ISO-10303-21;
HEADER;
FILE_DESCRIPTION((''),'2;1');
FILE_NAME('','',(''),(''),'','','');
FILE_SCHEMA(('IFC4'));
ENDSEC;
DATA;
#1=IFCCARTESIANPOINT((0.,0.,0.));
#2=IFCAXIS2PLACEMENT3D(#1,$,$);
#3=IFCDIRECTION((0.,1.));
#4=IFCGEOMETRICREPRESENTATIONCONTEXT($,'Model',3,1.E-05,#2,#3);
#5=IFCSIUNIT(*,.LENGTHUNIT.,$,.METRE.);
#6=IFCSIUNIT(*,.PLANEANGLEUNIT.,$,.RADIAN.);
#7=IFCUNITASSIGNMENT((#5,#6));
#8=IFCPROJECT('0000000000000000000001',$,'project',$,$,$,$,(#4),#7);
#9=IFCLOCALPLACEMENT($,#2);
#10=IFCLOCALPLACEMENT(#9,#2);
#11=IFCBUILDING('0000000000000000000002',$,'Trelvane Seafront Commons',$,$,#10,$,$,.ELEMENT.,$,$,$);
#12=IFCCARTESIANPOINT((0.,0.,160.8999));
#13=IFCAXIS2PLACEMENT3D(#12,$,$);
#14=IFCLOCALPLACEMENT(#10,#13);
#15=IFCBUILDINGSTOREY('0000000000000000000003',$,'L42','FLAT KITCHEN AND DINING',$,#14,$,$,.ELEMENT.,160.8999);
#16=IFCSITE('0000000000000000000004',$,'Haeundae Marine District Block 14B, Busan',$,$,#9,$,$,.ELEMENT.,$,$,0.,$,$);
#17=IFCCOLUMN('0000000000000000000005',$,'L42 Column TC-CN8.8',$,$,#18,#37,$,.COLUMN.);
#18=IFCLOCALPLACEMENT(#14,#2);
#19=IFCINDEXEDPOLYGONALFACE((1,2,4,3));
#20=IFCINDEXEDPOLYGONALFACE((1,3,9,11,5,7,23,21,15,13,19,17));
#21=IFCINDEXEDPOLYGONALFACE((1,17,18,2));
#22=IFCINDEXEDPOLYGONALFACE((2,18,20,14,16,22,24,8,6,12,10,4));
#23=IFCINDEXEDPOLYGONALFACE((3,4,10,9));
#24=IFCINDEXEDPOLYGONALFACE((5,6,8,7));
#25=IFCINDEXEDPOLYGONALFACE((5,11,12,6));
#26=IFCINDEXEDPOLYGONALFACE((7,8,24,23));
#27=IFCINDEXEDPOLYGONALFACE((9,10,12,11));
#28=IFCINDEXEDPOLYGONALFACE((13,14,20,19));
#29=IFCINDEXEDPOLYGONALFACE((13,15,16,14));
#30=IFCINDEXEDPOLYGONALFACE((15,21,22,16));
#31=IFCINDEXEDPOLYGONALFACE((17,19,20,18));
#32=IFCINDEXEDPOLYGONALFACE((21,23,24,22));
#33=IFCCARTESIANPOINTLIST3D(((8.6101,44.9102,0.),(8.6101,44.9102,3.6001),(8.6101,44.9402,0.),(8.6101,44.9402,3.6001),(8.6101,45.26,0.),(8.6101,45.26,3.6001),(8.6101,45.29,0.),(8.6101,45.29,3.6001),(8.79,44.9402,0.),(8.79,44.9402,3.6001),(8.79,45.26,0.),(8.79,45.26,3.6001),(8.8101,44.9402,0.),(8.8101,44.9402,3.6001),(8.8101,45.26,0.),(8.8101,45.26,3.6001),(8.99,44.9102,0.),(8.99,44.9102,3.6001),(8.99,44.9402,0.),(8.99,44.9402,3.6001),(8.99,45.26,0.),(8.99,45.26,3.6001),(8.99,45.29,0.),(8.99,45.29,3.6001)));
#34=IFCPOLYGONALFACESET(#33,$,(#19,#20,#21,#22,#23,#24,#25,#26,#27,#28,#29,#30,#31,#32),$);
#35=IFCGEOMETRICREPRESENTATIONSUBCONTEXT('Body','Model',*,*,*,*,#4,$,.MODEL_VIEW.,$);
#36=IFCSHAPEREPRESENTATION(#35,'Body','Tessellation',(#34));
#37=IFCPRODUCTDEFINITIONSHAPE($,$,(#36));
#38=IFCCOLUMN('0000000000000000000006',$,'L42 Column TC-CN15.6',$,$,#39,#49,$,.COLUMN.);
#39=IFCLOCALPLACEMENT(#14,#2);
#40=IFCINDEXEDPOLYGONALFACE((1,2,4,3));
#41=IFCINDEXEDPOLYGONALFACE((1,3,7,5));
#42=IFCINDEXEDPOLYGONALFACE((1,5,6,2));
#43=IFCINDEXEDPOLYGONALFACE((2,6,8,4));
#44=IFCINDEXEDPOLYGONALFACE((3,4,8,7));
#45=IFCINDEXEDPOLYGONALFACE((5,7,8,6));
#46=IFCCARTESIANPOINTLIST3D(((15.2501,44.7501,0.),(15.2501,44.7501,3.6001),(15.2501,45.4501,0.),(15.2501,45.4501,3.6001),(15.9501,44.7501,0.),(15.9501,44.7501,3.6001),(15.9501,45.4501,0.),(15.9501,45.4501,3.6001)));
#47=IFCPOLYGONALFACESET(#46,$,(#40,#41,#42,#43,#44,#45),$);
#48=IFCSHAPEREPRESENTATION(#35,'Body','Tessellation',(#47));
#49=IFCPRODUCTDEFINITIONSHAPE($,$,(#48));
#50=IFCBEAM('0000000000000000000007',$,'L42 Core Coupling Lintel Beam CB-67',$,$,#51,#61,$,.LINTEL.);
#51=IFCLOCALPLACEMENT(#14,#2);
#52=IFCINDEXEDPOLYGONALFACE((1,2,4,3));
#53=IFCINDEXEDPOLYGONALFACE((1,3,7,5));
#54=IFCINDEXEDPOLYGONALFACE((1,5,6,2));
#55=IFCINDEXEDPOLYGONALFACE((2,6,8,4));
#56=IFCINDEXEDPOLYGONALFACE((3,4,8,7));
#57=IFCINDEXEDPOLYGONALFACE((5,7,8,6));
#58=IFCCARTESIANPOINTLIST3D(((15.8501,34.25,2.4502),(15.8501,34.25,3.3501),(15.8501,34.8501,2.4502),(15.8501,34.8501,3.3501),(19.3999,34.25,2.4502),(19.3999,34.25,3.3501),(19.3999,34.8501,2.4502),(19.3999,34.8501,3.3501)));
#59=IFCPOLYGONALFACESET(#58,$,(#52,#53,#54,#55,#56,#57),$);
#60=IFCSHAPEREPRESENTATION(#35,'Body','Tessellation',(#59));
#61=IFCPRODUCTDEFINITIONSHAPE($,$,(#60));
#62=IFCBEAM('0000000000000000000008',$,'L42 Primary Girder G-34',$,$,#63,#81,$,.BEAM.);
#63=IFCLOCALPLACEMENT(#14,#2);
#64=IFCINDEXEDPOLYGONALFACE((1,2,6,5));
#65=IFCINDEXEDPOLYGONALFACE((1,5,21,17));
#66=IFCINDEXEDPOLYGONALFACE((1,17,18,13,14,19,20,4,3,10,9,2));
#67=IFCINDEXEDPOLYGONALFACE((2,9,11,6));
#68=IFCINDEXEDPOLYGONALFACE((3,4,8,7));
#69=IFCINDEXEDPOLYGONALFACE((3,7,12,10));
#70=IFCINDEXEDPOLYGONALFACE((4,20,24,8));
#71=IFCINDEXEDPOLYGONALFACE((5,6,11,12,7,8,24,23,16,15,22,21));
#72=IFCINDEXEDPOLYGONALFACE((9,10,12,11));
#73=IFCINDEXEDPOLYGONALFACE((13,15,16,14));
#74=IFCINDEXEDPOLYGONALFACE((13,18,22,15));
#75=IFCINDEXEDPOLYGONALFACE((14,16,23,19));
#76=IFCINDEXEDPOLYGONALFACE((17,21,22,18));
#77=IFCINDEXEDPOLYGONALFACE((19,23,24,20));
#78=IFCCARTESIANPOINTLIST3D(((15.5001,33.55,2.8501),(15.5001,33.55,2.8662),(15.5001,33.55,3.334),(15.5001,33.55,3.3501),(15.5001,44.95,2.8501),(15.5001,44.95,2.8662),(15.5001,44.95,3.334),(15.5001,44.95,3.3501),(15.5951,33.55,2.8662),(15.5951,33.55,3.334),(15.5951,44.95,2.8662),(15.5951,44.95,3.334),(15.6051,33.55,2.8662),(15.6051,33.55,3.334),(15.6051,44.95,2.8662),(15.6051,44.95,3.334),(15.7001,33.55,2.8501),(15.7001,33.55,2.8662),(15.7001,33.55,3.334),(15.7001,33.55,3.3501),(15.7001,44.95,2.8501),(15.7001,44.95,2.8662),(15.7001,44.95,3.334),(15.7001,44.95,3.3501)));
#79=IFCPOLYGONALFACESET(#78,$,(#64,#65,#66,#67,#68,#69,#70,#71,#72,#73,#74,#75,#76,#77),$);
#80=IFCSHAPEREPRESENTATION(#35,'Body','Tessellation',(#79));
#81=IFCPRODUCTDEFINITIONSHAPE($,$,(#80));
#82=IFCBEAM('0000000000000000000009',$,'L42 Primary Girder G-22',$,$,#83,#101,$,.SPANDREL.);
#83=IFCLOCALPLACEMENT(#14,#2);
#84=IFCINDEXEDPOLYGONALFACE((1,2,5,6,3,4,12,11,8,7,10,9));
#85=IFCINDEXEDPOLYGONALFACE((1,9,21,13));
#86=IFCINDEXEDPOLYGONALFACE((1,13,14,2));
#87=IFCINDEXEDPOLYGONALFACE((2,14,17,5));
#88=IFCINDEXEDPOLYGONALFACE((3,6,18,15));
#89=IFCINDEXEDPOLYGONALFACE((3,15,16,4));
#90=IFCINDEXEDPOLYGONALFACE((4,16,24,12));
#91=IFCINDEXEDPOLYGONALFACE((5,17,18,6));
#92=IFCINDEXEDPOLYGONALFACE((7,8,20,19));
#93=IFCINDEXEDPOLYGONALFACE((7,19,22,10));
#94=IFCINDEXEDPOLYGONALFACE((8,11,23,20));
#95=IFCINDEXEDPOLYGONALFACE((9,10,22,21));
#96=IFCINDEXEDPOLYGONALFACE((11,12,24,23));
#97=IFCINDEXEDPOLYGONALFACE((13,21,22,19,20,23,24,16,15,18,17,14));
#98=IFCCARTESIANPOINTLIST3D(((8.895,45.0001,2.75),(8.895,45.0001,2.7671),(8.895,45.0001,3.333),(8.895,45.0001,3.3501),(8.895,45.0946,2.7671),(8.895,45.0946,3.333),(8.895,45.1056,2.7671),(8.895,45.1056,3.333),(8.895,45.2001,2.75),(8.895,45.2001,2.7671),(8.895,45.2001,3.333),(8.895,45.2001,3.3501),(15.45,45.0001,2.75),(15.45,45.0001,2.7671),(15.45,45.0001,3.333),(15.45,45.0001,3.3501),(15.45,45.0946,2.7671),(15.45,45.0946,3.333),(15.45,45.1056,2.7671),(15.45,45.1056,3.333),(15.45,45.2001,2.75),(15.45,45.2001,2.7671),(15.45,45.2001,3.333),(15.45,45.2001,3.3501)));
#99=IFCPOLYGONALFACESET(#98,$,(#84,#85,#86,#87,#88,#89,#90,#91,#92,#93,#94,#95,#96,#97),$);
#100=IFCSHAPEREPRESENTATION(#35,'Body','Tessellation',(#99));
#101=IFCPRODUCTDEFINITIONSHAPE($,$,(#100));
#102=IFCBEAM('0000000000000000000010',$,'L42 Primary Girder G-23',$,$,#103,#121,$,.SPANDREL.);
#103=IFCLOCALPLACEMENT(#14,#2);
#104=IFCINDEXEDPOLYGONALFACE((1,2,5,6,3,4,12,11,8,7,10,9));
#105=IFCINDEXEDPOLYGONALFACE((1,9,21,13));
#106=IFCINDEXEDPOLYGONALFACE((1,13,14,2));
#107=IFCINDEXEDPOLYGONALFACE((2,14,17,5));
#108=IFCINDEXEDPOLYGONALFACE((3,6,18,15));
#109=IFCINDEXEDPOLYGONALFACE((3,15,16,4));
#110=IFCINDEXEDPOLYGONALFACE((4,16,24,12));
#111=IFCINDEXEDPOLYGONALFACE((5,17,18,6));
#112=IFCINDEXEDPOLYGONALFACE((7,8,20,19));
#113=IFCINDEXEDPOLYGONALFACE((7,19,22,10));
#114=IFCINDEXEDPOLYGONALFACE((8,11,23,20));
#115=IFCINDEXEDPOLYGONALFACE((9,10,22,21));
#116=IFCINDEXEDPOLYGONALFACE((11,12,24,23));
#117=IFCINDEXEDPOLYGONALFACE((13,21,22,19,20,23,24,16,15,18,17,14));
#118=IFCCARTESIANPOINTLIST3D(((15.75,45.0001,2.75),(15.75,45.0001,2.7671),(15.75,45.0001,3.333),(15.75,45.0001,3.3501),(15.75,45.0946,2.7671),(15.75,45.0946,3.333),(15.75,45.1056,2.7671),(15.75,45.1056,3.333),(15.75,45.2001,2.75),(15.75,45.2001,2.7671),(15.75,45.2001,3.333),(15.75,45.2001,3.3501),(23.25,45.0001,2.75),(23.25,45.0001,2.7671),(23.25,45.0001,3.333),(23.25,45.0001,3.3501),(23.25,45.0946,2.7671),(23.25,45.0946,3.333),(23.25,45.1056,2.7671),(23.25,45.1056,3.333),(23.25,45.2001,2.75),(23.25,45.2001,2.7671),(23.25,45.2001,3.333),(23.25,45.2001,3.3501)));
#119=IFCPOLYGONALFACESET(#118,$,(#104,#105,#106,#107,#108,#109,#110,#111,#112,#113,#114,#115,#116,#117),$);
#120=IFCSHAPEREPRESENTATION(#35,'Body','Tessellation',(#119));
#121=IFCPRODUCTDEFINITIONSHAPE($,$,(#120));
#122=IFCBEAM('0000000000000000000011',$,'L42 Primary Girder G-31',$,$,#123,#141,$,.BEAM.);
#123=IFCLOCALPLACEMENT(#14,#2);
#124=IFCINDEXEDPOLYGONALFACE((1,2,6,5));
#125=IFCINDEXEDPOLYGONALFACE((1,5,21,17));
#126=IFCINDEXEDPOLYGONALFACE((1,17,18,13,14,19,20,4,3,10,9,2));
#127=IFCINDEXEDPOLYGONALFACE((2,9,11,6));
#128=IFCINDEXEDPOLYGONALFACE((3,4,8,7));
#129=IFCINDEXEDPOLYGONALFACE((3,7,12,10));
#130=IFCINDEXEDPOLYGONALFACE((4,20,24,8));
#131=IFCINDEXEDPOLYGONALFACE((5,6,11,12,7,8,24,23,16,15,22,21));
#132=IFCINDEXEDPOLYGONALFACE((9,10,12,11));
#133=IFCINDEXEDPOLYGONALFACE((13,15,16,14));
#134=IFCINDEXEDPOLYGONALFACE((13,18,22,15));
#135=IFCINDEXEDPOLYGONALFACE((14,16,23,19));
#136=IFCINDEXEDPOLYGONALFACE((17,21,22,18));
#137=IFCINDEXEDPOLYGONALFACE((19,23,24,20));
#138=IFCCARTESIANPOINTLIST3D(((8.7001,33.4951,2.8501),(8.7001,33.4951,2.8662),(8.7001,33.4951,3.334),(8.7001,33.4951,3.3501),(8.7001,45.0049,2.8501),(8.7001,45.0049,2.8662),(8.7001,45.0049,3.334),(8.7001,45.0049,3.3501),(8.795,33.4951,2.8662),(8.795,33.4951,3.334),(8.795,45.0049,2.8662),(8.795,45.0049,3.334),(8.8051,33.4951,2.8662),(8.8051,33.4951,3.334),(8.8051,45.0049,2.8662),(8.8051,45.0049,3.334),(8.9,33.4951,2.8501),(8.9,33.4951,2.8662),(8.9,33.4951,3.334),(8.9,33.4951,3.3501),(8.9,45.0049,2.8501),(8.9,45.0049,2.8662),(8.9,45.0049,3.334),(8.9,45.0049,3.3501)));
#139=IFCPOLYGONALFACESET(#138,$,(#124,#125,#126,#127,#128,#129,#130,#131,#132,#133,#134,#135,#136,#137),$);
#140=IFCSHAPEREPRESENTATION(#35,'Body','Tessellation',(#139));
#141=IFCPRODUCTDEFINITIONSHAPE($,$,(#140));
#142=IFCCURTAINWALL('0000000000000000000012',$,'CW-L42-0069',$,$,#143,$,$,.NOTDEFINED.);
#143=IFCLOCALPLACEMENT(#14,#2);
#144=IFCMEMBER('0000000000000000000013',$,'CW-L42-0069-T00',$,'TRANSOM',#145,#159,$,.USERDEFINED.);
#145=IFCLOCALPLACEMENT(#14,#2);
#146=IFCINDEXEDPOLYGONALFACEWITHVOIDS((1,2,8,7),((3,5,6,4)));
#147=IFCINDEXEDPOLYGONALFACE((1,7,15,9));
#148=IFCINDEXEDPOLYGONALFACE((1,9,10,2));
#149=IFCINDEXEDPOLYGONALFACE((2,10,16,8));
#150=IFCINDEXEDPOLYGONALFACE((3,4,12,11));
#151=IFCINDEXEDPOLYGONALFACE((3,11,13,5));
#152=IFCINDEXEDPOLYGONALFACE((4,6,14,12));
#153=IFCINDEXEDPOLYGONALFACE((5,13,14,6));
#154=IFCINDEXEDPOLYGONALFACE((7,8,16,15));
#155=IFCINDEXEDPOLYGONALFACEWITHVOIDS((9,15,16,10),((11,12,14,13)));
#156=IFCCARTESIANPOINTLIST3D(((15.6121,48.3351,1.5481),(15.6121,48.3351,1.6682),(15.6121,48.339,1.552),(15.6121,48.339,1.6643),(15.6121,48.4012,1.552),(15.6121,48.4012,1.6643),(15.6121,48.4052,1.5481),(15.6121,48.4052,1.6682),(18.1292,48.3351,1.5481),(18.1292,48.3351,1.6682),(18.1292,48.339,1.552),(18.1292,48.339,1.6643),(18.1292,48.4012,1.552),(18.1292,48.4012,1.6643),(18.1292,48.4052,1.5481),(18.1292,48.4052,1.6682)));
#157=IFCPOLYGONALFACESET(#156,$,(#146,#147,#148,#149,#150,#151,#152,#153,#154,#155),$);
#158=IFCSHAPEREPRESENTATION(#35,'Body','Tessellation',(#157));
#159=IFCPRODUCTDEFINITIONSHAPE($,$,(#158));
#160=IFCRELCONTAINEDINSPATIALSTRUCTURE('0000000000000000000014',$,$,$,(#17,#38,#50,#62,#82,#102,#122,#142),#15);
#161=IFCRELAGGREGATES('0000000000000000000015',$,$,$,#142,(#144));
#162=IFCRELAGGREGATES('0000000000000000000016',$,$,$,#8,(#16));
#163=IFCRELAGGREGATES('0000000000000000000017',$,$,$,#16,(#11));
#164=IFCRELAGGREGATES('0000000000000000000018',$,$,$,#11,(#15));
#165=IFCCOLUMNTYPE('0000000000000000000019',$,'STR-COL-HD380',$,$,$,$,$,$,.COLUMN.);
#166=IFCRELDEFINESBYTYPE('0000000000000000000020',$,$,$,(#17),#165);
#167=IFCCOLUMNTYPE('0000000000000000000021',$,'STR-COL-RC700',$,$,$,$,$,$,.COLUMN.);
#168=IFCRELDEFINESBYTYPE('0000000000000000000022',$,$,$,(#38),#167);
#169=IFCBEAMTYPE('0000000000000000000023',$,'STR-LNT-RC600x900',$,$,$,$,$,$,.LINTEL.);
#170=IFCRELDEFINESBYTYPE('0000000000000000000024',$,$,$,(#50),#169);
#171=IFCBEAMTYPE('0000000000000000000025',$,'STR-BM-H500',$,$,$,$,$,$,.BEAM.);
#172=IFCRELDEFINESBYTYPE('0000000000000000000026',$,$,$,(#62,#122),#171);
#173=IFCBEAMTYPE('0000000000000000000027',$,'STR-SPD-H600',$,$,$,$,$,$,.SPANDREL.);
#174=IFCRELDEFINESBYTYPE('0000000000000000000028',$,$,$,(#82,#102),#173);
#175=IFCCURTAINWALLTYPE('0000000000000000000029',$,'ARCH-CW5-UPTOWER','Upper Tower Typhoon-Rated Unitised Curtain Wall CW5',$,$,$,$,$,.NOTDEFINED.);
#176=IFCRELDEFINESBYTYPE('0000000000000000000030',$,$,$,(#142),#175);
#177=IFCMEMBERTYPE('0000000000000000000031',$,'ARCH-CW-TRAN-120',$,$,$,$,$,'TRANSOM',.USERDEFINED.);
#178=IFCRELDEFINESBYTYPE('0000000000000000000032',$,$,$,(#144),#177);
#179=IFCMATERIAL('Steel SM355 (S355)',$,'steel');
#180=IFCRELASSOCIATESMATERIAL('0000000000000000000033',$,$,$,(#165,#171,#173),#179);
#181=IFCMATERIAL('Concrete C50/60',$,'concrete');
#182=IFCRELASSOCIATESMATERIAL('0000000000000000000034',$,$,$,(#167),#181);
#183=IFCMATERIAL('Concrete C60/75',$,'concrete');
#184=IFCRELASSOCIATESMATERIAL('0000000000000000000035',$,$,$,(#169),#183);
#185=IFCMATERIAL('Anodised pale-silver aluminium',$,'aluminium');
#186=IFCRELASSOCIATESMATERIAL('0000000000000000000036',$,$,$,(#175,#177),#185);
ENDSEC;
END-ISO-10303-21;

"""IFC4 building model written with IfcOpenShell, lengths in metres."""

from ifc_helpers import new_model, si_unit, direction, frame, origin, origin_2d, place, context, subcontext, project, spatial, rectangle, hollow_rectangle, i_section, extrude, source, transform, mapped, material, material_profile, profile_set, type_object, element, aggregate, save


model = new_model("IFC4")

# Units and contexts
model_context = context("Model", 3, precision=1e-05, world=origin(), true_north=direction((0.0, 1.0)))
body_context = subcontext(model_context, "Body", "Model", "MODEL_VIEW")
ifc_project = project(units=[si_unit("LENGTHUNIT", "METRE"), si_unit("PLANEANGLEUNIT", "RADIAN")], contexts=[model_context])

# Site, building, storey
site_placement = place(None, origin())
site = spatial("IfcSite", under=ifc_project, at=site_placement, Name="Haeundae Marine District Block 14B, Busan", CompositionType="ELEMENT", RefElevation=0.0)
building_placement = place(site_placement, origin())
building = spatial("IfcBuilding", under=site, at=building_placement, Name="Trelvane Seafront Commons", CompositionType="ELEMENT")
storey_placement = place(building_placement, frame((0.0, 0.0, 160.8999)))
storey = spatial("IfcBuildingStorey", under=building, at=storey_placement, Name="L42", Description="FLAT KITCHEN AND DINING", CompositionType="ELEMENT", Elevation=160.8999)

# Columns
ifc_material_1 = material(Name="Steel SM355 (S355)", Category="steel")
ifc_material_profile_1 = material_profile(ifc_material_1, i_section(OverallWidth=0.3799, OverallDepth=0.3799, WebThickness=0.02, FlangeThickness=0.03, at=origin_2d()), Name="HD-380x380x20x30")
ifc_profile_set_1 = profile_set([ifc_material_profile_1], Name="Steel SM355 (S355)")
column_type_1 = type_object("IfcColumnType", Name="STR-COL-HD380", PredefinedType="COLUMN", material=ifc_profile_set_1)
shared_shape_1 = source(origin(), body_context, "Body", "SweptSolid", [
    extrude(i_section(OverallWidth=0.3799, OverallDepth=0.3799, WebThickness=0.02, FlangeThickness=0.03, at=origin_2d()), origin(), (0.0, 0.0, 1.0), 3.6001),
])
column_1_placement = place(storey_placement, frame((8.8, 45.1001, 0.0), z_axis=(0.0, 0.0, 1.0), x_axis=(1.0, 0.0, 0.0)))
element("IfcColumn", 1, at=column_1_placement, inside=storey, type_object=column_type_1, Name="L42 Column TC-CN8.8", PredefinedType="COLUMN", context=body_context, shape_type="MappedRepresentation", body=[
    mapped(shared_shape_1, transform((0.0, 0.0, 0.0), x_axis=(1.0, 0.0, 0.0), y_axis=(0.0, 1.0, 0.0), z_axis=(0.0, 0.0, 1.0), scale=1.0)),
])
ifc_material_2 = material(Name="Concrete C50/60", Category="concrete")
ifc_material_profile_2 = material_profile(ifc_material_2, rectangle(XDim=0.7, YDim=0.7, at=origin_2d()), Name="RC-700x700")
ifc_profile_set_2 = profile_set([ifc_material_profile_2], Name="Concrete C50/60")
column_type_2 = type_object("IfcColumnType", Name="STR-COL-RC700", PredefinedType="COLUMN", material=ifc_profile_set_2)
shared_shape_2 = source(origin(), body_context, "Body", "SweptSolid", [
    extrude(rectangle(XDim=0.7, YDim=0.7, at=origin_2d()), origin(), (0.0, 0.0, 1.0), 3.6001),
])
column_2_placement = place(storey_placement, frame((15.6001, 45.1001, 0.0), z_axis=(0.0, 0.0, 1.0), x_axis=(1.0, 0.0, 0.0)))
element("IfcColumn", 2, at=column_2_placement, inside=storey, type_object=column_type_2, Name="L42 Column TC-CN15.6", PredefinedType="COLUMN", context=body_context, shape_type="MappedRepresentation", body=[
    mapped(shared_shape_2, transform((0.0, 0.0, 0.0), x_axis=(1.0, 0.0, 0.0), y_axis=(0.0, 1.0, 0.0), z_axis=(0.0, 0.0, 1.0), scale=1.0)),
])

# Beams
ifc_material_3 = material(Name="Concrete C60/75", Category="concrete")
ifc_material_profile_3 = material_profile(ifc_material_3, rectangle(XDim=0.6001, YDim=0.8999, at=origin_2d()), Name="RC-600x900")
ifc_profile_set_3 = profile_set([ifc_material_profile_3], Name="Concrete C60/75")
beam_type_1 = type_object("IfcBeamType", Name="STR-LNT-RC600x900", PredefinedType="LINTEL", material=ifc_profile_set_3)
shared_shape_3 = source(origin(), body_context, "Body", "SweptSolid", [
    extrude(rectangle(XDim=0.6001, YDim=0.8999, at=origin_2d()), origin(), (0.0, 0.0, 1.0), 3.5498),
])
beam_1_placement = place(storey_placement, frame((15.8501, 34.55, 2.9001), z_axis=(1.0, 0.0, 0.0), x_axis=(0.0, 1.0, 0.0)))
element("IfcBeam", 3, at=beam_1_placement, inside=storey, type_object=beam_type_1, Name="L42 Core Coupling Lintel Beam CB-67", PredefinedType="LINTEL", context=body_context, shape_type="MappedRepresentation", body=[
    mapped(shared_shape_3, transform((0.0, 0.0, 0.0), x_axis=(1.0, 0.0, 0.0), y_axis=(0.0, 1.0, 0.0), z_axis=(0.0, 0.0, 1.0), scale=1.0)),
])
ifc_material_profile_4 = material_profile(ifc_material_1, i_section(OverallWidth=0.2, OverallDepth=0.5, WebThickness=0.01, FlangeThickness=0.0161, at=origin_2d()), Name="H-500x200x10x16")
ifc_profile_set_4 = profile_set([ifc_material_profile_4], Name="Steel SM355 (S355)")
beam_type_2 = type_object("IfcBeamType", Name="STR-BM-H500", PredefinedType="BEAM", material=ifc_profile_set_4)
shared_shape_4 = source(origin(), body_context, "Body", "SweptSolid", [
    extrude(i_section(OverallWidth=0.2, OverallDepth=0.5, WebThickness=0.01, FlangeThickness=0.0161, at=origin_2d()), origin(), (0.0, 0.0, 1.0), 11.3999),
])
beam_2_placement = place(storey_placement, frame((15.6001, 33.55, 3.1001), z_axis=(0.0, 1.0, 0.0), x_axis=(-1.0, 0.0, 0.0)))
element("IfcBeam", 4, at=beam_2_placement, inside=storey, type_object=beam_type_2, Name="L42 Primary Girder G-34", PredefinedType="BEAM", context=body_context, shape_type="MappedRepresentation", body=[
    mapped(shared_shape_4, transform((0.0, 0.0, 0.0), x_axis=(1.0, 0.0, 0.0), y_axis=(0.0, 1.0, 0.0), z_axis=(0.0, 0.0, 1.0), scale=1.0)),
])
ifc_material_profile_5 = material_profile(ifc_material_1, i_section(OverallWidth=0.2, OverallDepth=0.6001, WebThickness=0.011, FlangeThickness=0.0171, at=origin_2d()), Name="H-600x200x11x17")
ifc_profile_set_5 = profile_set([ifc_material_profile_5], Name="Steel SM355 (S355)")
beam_type_3 = type_object("IfcBeamType", Name="STR-SPD-H600", PredefinedType="SPANDREL", material=ifc_profile_set_5)
shared_shape_5 = source(origin(), body_context, "Body", "SweptSolid", [
    extrude(i_section(OverallWidth=0.2, OverallDepth=0.6001, WebThickness=0.011, FlangeThickness=0.0171, at=origin_2d()), origin(), (0.0, 0.0, 1.0), 6.5549),
])
beam_3_placement = place(storey_placement, frame((8.895, 45.1001, 3.05), z_axis=(1.0, 0.0, 0.0), x_axis=(0.0, 1.0, 0.0)))
element("IfcBeam", 5, at=beam_3_placement, inside=storey, type_object=beam_type_3, Name="L42 Primary Girder G-22", PredefinedType="SPANDREL", context=body_context, shape_type="MappedRepresentation", body=[
    mapped(shared_shape_5, transform((0.0, 0.0, 0.0), x_axis=(1.0, 0.0, 0.0), y_axis=(0.0, 1.0, 0.0), z_axis=(0.0, 0.0, 1.0), scale=1.0)),
])
shared_shape_6 = source(origin(), body_context, "Body", "SweptSolid", [
    extrude(i_section(OverallWidth=0.2, OverallDepth=0.6001, WebThickness=0.011, FlangeThickness=0.0171, at=origin_2d()), origin(), (0.0, 0.0, 1.0), 7.5),
])
beam_4_placement = place(storey_placement, frame((15.75, 45.1001, 3.05), z_axis=(1.0, 0.0, 0.0), x_axis=(0.0, 1.0, 0.0)))
element("IfcBeam", 6, at=beam_4_placement, inside=storey, type_object=beam_type_3, Name="L42 Primary Girder G-23", PredefinedType="SPANDREL", context=body_context, shape_type="MappedRepresentation", body=[
    mapped(shared_shape_6, transform((0.0, 0.0, 0.0), x_axis=(1.0, 0.0, 0.0), y_axis=(0.0, 1.0, 0.0), z_axis=(0.0, 0.0, 1.0), scale=1.0)),
])
shared_shape_7 = source(origin(), body_context, "Body", "SweptSolid", [
    extrude(i_section(OverallWidth=0.2, OverallDepth=0.5, WebThickness=0.01, FlangeThickness=0.0161, at=origin_2d()), origin(), (0.0, 0.0, 1.0), 11.5098),
])
beam_5_placement = place(storey_placement, frame((8.8, 33.4951, 3.1001), z_axis=(0.0, 1.0, 0.0), x_axis=(-1.0, 0.0, 0.0)))
element("IfcBeam", 7, at=beam_5_placement, inside=storey, type_object=beam_type_2, Name="L42 Primary Girder G-31", PredefinedType="BEAM", context=body_context, shape_type="MappedRepresentation", body=[
    mapped(shared_shape_7, transform((0.0, 0.0, 0.0), x_axis=(1.0, 0.0, 0.0), y_axis=(0.0, 1.0, 0.0), z_axis=(0.0, 0.0, 1.0), scale=1.0)),
])

# Curtain wall, member
ifc_material_4 = material(Name="Anodised pale-silver aluminium", Category="aluminium")
curtain_wall_type = type_object("IfcCurtainWallType", Name="ARCH-CW5-UPTOWER", Description="Upper Tower Typhoon-Rated Unitised Curtain Wall CW5", PredefinedType="NOTDEFINED", material=ifc_material_4)
curtain_wall_placement = place(storey_placement, origin())
curtain_wall = element("IfcCurtainWall", 8, at=curtain_wall_placement, inside=storey, type_object=curtain_wall_type, Name="CW-L42-0069", PredefinedType="NOTDEFINED")
ifc_material_profile_6 = material_profile(ifc_material_4, hollow_rectangle(XDim=0.0701, YDim=0.1201, WallThickness=0.0039, at=origin_2d()), Name="TRAN-70x120x4")
ifc_profile_set_6 = profile_set([ifc_material_profile_6], Name="Anodised pale-silver aluminium")
member_type_1 = type_object("IfcMemberType", Name="ARCH-CW-TRAN-120", ElementType="TRANSOM", PredefinedType="USERDEFINED", material=ifc_profile_set_6)
shared_shape_8 = source(origin(), body_context, "Body", "SweptSolid", [
    extrude(hollow_rectangle(XDim=0.0701, YDim=0.1201, WallThickness=0.0039, at=origin_2d()), origin(), (0.0, 0.0, 1.0), 2.5171),
])
member_1_placement = place(storey_placement, frame((15.6121, 48.3701, 1.6082), z_axis=(1.0, 0.0, 0.0), x_axis=(0.0, 1.0, 0.0)))
member_1 = element("IfcMember", 9, at=member_1_placement, type_object=member_type_1, Name="CW-L42-0069-T00", ObjectType="TRANSOM", PredefinedType="USERDEFINED", context=body_context, shape_type="MappedRepresentation", body=[
    mapped(shared_shape_8, transform((0.0, 0.0, 0.0), x_axis=(1.0, 0.0, 0.0), y_axis=(0.0, 1.0, 0.0), z_axis=(0.0, 0.0, 1.0), scale=1.0)),
])

aggregate(curtain_wall, [member_1])

save(model, "model.ifc")
